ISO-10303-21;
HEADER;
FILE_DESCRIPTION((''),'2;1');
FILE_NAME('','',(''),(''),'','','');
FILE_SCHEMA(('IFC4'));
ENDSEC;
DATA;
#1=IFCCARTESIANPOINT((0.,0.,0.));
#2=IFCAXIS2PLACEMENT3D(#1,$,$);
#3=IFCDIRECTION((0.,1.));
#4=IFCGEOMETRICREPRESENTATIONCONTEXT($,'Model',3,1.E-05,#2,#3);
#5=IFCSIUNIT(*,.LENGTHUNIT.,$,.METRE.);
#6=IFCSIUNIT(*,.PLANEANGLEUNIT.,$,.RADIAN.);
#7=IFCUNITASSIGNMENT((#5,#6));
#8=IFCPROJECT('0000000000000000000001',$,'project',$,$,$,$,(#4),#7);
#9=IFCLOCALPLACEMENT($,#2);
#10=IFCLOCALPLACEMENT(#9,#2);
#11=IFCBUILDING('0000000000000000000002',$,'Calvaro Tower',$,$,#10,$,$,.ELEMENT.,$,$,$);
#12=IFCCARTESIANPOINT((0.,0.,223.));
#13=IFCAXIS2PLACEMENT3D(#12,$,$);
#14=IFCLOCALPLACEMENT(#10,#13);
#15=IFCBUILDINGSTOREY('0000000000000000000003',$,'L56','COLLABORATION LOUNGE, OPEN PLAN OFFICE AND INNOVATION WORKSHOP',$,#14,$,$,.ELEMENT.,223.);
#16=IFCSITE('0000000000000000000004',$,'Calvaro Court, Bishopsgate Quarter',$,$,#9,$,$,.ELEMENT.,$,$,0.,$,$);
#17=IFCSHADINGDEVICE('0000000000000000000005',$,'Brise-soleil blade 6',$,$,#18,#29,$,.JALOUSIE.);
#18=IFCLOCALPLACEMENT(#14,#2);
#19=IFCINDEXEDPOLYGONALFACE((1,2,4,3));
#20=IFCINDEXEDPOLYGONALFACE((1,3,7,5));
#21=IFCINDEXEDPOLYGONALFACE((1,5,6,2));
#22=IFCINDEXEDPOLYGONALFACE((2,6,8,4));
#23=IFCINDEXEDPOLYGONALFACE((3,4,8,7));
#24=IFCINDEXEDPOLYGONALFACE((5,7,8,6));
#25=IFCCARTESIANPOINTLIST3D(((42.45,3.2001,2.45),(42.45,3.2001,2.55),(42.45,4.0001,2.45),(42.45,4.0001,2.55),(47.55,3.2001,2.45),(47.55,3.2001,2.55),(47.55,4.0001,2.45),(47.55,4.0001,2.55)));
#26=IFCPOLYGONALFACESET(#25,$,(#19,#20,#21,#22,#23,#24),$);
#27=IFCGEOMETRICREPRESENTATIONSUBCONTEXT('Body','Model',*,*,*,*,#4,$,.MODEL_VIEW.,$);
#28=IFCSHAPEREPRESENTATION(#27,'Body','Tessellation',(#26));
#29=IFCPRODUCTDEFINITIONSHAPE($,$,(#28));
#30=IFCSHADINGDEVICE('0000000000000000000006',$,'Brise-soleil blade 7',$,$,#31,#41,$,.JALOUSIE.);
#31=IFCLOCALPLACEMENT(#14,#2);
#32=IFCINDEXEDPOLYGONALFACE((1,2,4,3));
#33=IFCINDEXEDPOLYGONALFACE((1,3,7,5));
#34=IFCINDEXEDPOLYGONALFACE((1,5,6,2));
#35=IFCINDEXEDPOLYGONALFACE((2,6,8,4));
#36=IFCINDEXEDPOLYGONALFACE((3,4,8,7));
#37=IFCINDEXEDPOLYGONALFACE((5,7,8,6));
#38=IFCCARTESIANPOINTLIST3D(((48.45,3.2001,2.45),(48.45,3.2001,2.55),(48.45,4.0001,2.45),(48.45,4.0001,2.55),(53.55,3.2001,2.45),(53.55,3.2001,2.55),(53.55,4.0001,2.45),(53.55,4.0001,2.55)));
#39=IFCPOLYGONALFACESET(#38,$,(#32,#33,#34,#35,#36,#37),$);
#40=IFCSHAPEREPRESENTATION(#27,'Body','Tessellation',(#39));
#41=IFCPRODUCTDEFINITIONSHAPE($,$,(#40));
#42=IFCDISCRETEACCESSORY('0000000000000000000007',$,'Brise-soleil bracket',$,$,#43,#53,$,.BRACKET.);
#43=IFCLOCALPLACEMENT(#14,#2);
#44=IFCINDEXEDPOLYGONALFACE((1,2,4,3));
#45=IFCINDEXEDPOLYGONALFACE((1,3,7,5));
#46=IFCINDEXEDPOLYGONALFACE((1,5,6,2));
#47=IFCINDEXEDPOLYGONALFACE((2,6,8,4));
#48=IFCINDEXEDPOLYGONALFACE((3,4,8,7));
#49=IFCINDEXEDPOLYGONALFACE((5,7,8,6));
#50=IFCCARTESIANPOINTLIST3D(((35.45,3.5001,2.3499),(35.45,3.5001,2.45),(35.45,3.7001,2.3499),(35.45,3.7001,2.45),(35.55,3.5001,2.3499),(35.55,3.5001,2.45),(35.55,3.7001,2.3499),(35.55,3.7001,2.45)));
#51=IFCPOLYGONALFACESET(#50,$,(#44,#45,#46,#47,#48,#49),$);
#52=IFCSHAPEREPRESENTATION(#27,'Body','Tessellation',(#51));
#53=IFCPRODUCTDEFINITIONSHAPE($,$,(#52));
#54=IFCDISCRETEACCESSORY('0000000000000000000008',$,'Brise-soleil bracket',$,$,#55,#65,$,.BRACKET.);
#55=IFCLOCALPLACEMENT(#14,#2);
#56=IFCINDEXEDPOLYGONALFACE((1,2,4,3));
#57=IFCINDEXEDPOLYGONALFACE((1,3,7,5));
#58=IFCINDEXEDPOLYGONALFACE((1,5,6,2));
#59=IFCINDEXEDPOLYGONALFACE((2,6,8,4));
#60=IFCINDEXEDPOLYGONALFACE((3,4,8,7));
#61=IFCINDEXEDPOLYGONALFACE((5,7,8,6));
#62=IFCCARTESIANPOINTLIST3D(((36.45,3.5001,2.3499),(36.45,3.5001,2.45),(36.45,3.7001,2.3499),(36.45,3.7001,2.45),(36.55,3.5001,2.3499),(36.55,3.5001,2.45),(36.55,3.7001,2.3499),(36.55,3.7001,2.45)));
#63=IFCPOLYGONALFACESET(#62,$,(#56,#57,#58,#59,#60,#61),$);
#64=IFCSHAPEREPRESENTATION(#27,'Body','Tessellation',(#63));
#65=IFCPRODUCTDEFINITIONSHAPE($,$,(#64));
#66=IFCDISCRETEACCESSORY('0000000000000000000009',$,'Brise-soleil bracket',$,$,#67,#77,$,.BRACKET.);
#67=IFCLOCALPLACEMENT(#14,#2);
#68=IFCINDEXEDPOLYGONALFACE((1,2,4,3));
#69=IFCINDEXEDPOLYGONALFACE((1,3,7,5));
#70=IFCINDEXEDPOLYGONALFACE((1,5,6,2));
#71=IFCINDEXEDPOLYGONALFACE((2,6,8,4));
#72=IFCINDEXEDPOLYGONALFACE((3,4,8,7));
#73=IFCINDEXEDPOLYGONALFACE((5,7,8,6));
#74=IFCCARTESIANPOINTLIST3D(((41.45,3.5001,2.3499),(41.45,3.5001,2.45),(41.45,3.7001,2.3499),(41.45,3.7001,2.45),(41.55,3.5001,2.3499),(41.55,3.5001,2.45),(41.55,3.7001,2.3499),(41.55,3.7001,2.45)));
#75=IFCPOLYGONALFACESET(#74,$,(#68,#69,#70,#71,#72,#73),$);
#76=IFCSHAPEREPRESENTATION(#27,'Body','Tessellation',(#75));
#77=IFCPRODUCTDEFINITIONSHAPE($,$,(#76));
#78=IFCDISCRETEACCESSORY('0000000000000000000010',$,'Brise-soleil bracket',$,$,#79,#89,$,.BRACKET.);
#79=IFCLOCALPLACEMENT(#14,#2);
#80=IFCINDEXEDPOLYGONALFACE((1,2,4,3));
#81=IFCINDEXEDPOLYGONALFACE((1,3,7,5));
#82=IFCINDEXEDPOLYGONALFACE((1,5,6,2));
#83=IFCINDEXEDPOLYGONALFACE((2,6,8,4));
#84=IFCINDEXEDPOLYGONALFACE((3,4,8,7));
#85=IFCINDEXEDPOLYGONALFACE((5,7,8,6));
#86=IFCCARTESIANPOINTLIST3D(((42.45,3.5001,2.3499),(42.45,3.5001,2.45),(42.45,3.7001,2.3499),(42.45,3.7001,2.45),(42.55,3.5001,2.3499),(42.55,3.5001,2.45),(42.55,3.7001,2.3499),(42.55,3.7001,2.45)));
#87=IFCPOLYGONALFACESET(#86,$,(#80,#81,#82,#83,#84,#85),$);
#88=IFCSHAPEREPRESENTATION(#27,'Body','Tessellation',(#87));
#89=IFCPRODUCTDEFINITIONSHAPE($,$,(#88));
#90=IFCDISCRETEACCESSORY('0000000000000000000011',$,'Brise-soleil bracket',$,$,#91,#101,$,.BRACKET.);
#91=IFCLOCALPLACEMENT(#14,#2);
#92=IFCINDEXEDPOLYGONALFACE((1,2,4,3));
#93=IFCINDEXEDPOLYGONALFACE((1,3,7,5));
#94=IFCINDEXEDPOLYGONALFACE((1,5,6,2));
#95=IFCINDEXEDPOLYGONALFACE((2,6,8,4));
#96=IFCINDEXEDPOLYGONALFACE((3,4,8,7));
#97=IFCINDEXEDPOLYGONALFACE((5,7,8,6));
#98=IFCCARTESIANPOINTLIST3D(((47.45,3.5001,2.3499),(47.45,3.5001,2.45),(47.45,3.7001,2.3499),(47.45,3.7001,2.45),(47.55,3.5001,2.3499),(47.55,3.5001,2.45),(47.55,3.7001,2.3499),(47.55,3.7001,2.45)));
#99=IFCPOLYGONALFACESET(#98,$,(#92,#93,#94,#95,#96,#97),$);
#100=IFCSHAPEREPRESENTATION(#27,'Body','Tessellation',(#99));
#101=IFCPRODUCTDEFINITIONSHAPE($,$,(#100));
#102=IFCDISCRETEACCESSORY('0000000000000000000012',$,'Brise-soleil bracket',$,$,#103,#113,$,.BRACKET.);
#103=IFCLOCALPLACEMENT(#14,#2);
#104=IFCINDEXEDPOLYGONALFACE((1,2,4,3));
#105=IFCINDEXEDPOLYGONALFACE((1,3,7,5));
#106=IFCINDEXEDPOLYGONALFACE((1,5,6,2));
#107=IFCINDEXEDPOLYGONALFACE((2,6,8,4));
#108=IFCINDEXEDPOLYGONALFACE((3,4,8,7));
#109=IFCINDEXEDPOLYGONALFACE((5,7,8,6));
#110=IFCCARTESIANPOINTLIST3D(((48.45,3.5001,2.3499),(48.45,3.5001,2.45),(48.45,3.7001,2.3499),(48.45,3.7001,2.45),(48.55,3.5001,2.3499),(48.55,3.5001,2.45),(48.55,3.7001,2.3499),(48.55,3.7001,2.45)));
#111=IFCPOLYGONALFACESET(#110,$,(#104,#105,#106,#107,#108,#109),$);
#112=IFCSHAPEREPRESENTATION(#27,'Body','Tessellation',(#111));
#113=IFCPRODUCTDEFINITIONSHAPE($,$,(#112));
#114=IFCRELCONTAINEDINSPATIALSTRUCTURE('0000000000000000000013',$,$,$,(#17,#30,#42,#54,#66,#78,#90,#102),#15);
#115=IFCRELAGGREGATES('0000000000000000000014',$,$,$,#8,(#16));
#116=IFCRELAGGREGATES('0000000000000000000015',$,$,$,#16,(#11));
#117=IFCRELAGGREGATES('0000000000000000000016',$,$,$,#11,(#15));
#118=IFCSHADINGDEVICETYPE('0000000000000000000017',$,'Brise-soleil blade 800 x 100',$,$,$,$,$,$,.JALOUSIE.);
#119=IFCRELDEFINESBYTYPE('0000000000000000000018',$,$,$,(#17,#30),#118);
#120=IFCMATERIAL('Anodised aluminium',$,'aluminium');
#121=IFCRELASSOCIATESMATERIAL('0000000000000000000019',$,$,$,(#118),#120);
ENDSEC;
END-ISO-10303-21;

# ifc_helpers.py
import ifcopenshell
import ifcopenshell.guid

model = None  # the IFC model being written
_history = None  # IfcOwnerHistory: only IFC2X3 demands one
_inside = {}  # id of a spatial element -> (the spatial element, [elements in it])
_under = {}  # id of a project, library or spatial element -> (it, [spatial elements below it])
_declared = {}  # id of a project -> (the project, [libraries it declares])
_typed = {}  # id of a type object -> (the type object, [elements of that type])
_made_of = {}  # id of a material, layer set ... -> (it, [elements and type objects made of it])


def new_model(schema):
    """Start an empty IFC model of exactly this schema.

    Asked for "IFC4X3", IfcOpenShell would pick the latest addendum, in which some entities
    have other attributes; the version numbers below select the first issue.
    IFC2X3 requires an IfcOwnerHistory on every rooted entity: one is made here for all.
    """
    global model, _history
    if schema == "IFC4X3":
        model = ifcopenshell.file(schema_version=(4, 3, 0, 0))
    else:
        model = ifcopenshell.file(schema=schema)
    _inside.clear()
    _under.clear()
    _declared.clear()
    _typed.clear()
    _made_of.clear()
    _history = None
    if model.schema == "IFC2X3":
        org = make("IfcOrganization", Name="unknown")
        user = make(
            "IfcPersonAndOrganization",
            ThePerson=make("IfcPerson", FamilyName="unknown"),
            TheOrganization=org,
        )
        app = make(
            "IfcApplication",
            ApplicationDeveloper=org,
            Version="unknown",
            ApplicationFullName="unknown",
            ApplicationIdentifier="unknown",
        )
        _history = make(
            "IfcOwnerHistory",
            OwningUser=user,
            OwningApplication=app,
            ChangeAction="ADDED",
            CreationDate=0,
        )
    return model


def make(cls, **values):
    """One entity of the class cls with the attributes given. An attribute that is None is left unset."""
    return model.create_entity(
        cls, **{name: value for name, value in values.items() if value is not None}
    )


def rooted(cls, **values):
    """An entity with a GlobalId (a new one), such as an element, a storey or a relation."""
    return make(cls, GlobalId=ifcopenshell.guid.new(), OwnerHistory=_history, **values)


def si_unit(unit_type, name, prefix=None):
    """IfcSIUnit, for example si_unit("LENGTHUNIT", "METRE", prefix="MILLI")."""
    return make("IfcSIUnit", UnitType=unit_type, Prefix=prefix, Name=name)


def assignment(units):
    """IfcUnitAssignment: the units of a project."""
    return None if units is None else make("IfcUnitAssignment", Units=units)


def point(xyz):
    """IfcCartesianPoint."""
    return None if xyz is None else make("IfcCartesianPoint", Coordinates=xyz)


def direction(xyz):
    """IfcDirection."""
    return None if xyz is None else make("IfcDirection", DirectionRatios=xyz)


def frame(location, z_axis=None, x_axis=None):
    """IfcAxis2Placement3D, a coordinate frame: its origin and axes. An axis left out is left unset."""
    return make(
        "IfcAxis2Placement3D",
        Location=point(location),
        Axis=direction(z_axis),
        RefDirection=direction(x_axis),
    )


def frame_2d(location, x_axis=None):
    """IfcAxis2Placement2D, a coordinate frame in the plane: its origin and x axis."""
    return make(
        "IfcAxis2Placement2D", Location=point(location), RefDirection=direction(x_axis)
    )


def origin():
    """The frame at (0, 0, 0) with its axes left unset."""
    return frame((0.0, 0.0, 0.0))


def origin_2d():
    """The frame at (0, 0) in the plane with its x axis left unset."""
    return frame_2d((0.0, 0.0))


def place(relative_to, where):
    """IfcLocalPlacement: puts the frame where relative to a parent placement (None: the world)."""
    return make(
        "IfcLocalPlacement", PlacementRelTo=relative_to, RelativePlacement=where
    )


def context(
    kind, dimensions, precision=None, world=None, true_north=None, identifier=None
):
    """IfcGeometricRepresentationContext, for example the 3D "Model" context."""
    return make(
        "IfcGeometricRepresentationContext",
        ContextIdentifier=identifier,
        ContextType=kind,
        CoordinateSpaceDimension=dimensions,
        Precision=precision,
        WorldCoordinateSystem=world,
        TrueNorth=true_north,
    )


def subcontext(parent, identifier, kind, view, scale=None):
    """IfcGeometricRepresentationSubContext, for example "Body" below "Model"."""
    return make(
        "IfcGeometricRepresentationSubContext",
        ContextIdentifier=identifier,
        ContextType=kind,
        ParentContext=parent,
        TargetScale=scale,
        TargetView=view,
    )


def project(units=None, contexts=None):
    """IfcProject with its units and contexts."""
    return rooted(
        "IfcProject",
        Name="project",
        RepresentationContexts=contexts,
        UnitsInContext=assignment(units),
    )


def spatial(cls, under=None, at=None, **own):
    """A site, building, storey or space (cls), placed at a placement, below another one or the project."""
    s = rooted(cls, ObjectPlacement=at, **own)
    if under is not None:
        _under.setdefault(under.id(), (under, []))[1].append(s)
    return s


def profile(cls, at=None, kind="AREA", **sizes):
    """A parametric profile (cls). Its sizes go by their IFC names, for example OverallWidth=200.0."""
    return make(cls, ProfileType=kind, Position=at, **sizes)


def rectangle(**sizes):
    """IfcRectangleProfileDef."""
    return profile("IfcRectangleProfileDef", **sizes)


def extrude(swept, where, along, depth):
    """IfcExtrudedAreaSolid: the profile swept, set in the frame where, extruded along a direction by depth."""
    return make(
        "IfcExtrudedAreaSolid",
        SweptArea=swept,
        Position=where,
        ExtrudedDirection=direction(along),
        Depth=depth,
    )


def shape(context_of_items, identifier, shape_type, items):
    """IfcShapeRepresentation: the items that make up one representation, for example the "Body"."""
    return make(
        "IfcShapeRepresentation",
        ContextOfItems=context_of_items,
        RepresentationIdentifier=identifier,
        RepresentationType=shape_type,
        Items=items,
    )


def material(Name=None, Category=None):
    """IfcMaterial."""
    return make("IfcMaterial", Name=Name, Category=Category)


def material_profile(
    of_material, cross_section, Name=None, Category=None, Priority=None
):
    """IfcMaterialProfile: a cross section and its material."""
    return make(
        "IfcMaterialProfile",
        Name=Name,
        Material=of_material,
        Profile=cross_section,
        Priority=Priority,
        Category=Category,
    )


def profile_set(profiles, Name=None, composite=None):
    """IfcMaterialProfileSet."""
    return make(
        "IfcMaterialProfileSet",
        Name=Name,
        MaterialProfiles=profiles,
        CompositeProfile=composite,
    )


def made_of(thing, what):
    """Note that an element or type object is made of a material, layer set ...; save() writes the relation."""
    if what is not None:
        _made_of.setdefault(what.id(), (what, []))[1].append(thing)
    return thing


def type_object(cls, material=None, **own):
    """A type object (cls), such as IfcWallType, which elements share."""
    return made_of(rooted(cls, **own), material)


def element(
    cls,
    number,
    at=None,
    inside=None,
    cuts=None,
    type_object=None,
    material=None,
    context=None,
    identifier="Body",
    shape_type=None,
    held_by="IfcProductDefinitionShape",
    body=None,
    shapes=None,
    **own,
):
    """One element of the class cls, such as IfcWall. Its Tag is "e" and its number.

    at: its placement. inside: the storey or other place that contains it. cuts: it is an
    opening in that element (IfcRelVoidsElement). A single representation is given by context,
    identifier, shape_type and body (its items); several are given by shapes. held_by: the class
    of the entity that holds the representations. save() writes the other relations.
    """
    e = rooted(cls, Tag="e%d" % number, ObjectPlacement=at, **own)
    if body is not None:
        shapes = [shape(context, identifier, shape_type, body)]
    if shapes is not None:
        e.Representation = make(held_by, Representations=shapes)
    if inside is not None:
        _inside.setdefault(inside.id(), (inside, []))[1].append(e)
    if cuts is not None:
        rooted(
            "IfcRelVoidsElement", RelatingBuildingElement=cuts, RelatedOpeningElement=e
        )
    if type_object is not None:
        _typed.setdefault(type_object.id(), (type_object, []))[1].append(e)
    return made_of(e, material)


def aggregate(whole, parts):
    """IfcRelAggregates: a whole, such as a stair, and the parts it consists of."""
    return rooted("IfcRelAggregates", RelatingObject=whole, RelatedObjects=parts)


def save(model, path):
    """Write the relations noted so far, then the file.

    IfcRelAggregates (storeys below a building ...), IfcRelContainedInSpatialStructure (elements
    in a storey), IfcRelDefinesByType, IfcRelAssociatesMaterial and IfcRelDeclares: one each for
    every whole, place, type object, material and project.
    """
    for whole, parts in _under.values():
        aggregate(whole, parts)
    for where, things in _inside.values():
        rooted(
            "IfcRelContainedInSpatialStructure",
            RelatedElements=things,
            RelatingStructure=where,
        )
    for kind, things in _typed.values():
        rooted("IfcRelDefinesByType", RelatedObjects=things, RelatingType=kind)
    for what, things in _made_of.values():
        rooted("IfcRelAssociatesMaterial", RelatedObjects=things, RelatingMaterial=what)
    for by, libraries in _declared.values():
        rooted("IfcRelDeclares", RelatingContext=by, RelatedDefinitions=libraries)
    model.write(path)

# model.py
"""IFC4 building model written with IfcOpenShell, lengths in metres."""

from ifc_helpers import new_model, si_unit, direction, frame, origin, origin_2d, place, context, subcontext, project, spatial, rectangle, extrude, material, material_profile, profile_set, type_object, element, save


model = new_model("IFC4")

# Units and contexts
model_context = context("Model", 3, precision=1e-05, world=origin(), true_north=direction((0.0, 1.0)))
body_context = subcontext(model_context, "Body", "Model", "MODEL_VIEW")
ifc_project = project(units=[si_unit("LENGTHUNIT", "METRE"), si_unit("PLANEANGLEUNIT", "RADIAN")], contexts=[model_context])

# Site, building, storey
site_placement = place(None, origin())
site = spatial("IfcSite", under=ifc_project, at=site_placement, Name="Calvaro Court, Bishopsgate Quarter", CompositionType="ELEMENT", RefElevation=0.0)
building_placement = place(site_placement, origin())
building = spatial("IfcBuilding", under=site, at=building_placement, Name="Calvaro Tower", CompositionType="ELEMENT")
storey_placement = place(building_placement, frame((0.0, 0.0, 223.0)))
storey = spatial("IfcBuildingStorey", under=building, at=storey_placement, Name="L56", Description="COLLABORATION LOUNGE, OPEN PLAN OFFICE AND INNOVATION WORKSHOP", CompositionType="ELEMENT", Elevation=223.0)

# Shading devices
ifc_material_1 = material(Name="Anodised aluminium", Category="aluminium")
ifc_material_profile_1 = material_profile(ifc_material_1, rectangle(XDim=0.8, YDim=0.1001, at=origin_2d()), Name="Brise-soleil blade 800 x 100")
ifc_profile_set_1 = profile_set([ifc_material_profile_1], Name="Anodised aluminium")
shading_device_type = type_object("IfcShadingDeviceType", Name="Brise-soleil blade 800 x 100", PredefinedType="JALOUSIE", material=ifc_profile_set_1)
for number, where, z_axis, x_axis, name in (
    (1, (42.45, 3.6001, 2.5), (1.0, 0.0, 0.0), (0.0, 1.0, 0.0), "Brise-soleil blade 6"),
    (2, (48.45, 3.6001, 2.5), (1.0, 0.0, 0.0), (0.0, 1.0, 0.0), "Brise-soleil blade 7"),
):
    element("IfcShadingDevice", number, at=place(storey_placement, frame(where, z_axis=z_axis, x_axis=x_axis)), inside=storey, type_object=shading_device_type, Name=name, PredefinedType="JALOUSIE", context=body_context, shape_type="SweptSolid", body=[
        extrude(rectangle(XDim=0.8, YDim=0.1001, at=origin_2d()), origin(), (0.0, 0.0, 1.0), 5.1001),
    ])

# Discrete accessories
for number, where, z_axis, x_axis, name in (
    (3, (35.5, 3.6001, 2.3499), (0.0, 0.0, 1.0), (1.0, 0.0, 0.0), "Brise-soleil bracket"),
    (4, (36.5, 3.6001, 2.3499), (0.0, 0.0, 1.0), (1.0, 0.0, 0.0), "Brise-soleil bracket"),
    (5, (41.5, 3.6001, 2.3499), (0.0, 0.0, 1.0), (1.0, 0.0, 0.0), "Brise-soleil bracket"),
    (6, (42.5, 3.6001, 2.3499), (0.0, 0.0, 1.0), (1.0, 0.0, 0.0), "Brise-soleil bracket"),
    (7, (47.5, 3.6001, 2.3499), (0.0, 0.0, 1.0), (1.0, 0.0, 0.0), "Brise-soleil bracket"),
    (8, (48.5, 3.6001, 2.3499), (0.0, 0.0, 1.0), (1.0, 0.0, 0.0), "Brise-soleil bracket"),
):
    element("IfcDiscreteAccessory", number, at=place(storey_placement, frame(where, z_axis=z_axis, x_axis=x_axis)), inside=storey, Name=name, PredefinedType="BRACKET", context=body_context, shape_type="SweptSolid", body=[
        extrude(rectangle(XDim=0.1001, YDim=0.2, at=origin_2d()), origin(), (0.0, 0.0, 1.0), 0.1001),
    ])

save(model, "model.ifc")
